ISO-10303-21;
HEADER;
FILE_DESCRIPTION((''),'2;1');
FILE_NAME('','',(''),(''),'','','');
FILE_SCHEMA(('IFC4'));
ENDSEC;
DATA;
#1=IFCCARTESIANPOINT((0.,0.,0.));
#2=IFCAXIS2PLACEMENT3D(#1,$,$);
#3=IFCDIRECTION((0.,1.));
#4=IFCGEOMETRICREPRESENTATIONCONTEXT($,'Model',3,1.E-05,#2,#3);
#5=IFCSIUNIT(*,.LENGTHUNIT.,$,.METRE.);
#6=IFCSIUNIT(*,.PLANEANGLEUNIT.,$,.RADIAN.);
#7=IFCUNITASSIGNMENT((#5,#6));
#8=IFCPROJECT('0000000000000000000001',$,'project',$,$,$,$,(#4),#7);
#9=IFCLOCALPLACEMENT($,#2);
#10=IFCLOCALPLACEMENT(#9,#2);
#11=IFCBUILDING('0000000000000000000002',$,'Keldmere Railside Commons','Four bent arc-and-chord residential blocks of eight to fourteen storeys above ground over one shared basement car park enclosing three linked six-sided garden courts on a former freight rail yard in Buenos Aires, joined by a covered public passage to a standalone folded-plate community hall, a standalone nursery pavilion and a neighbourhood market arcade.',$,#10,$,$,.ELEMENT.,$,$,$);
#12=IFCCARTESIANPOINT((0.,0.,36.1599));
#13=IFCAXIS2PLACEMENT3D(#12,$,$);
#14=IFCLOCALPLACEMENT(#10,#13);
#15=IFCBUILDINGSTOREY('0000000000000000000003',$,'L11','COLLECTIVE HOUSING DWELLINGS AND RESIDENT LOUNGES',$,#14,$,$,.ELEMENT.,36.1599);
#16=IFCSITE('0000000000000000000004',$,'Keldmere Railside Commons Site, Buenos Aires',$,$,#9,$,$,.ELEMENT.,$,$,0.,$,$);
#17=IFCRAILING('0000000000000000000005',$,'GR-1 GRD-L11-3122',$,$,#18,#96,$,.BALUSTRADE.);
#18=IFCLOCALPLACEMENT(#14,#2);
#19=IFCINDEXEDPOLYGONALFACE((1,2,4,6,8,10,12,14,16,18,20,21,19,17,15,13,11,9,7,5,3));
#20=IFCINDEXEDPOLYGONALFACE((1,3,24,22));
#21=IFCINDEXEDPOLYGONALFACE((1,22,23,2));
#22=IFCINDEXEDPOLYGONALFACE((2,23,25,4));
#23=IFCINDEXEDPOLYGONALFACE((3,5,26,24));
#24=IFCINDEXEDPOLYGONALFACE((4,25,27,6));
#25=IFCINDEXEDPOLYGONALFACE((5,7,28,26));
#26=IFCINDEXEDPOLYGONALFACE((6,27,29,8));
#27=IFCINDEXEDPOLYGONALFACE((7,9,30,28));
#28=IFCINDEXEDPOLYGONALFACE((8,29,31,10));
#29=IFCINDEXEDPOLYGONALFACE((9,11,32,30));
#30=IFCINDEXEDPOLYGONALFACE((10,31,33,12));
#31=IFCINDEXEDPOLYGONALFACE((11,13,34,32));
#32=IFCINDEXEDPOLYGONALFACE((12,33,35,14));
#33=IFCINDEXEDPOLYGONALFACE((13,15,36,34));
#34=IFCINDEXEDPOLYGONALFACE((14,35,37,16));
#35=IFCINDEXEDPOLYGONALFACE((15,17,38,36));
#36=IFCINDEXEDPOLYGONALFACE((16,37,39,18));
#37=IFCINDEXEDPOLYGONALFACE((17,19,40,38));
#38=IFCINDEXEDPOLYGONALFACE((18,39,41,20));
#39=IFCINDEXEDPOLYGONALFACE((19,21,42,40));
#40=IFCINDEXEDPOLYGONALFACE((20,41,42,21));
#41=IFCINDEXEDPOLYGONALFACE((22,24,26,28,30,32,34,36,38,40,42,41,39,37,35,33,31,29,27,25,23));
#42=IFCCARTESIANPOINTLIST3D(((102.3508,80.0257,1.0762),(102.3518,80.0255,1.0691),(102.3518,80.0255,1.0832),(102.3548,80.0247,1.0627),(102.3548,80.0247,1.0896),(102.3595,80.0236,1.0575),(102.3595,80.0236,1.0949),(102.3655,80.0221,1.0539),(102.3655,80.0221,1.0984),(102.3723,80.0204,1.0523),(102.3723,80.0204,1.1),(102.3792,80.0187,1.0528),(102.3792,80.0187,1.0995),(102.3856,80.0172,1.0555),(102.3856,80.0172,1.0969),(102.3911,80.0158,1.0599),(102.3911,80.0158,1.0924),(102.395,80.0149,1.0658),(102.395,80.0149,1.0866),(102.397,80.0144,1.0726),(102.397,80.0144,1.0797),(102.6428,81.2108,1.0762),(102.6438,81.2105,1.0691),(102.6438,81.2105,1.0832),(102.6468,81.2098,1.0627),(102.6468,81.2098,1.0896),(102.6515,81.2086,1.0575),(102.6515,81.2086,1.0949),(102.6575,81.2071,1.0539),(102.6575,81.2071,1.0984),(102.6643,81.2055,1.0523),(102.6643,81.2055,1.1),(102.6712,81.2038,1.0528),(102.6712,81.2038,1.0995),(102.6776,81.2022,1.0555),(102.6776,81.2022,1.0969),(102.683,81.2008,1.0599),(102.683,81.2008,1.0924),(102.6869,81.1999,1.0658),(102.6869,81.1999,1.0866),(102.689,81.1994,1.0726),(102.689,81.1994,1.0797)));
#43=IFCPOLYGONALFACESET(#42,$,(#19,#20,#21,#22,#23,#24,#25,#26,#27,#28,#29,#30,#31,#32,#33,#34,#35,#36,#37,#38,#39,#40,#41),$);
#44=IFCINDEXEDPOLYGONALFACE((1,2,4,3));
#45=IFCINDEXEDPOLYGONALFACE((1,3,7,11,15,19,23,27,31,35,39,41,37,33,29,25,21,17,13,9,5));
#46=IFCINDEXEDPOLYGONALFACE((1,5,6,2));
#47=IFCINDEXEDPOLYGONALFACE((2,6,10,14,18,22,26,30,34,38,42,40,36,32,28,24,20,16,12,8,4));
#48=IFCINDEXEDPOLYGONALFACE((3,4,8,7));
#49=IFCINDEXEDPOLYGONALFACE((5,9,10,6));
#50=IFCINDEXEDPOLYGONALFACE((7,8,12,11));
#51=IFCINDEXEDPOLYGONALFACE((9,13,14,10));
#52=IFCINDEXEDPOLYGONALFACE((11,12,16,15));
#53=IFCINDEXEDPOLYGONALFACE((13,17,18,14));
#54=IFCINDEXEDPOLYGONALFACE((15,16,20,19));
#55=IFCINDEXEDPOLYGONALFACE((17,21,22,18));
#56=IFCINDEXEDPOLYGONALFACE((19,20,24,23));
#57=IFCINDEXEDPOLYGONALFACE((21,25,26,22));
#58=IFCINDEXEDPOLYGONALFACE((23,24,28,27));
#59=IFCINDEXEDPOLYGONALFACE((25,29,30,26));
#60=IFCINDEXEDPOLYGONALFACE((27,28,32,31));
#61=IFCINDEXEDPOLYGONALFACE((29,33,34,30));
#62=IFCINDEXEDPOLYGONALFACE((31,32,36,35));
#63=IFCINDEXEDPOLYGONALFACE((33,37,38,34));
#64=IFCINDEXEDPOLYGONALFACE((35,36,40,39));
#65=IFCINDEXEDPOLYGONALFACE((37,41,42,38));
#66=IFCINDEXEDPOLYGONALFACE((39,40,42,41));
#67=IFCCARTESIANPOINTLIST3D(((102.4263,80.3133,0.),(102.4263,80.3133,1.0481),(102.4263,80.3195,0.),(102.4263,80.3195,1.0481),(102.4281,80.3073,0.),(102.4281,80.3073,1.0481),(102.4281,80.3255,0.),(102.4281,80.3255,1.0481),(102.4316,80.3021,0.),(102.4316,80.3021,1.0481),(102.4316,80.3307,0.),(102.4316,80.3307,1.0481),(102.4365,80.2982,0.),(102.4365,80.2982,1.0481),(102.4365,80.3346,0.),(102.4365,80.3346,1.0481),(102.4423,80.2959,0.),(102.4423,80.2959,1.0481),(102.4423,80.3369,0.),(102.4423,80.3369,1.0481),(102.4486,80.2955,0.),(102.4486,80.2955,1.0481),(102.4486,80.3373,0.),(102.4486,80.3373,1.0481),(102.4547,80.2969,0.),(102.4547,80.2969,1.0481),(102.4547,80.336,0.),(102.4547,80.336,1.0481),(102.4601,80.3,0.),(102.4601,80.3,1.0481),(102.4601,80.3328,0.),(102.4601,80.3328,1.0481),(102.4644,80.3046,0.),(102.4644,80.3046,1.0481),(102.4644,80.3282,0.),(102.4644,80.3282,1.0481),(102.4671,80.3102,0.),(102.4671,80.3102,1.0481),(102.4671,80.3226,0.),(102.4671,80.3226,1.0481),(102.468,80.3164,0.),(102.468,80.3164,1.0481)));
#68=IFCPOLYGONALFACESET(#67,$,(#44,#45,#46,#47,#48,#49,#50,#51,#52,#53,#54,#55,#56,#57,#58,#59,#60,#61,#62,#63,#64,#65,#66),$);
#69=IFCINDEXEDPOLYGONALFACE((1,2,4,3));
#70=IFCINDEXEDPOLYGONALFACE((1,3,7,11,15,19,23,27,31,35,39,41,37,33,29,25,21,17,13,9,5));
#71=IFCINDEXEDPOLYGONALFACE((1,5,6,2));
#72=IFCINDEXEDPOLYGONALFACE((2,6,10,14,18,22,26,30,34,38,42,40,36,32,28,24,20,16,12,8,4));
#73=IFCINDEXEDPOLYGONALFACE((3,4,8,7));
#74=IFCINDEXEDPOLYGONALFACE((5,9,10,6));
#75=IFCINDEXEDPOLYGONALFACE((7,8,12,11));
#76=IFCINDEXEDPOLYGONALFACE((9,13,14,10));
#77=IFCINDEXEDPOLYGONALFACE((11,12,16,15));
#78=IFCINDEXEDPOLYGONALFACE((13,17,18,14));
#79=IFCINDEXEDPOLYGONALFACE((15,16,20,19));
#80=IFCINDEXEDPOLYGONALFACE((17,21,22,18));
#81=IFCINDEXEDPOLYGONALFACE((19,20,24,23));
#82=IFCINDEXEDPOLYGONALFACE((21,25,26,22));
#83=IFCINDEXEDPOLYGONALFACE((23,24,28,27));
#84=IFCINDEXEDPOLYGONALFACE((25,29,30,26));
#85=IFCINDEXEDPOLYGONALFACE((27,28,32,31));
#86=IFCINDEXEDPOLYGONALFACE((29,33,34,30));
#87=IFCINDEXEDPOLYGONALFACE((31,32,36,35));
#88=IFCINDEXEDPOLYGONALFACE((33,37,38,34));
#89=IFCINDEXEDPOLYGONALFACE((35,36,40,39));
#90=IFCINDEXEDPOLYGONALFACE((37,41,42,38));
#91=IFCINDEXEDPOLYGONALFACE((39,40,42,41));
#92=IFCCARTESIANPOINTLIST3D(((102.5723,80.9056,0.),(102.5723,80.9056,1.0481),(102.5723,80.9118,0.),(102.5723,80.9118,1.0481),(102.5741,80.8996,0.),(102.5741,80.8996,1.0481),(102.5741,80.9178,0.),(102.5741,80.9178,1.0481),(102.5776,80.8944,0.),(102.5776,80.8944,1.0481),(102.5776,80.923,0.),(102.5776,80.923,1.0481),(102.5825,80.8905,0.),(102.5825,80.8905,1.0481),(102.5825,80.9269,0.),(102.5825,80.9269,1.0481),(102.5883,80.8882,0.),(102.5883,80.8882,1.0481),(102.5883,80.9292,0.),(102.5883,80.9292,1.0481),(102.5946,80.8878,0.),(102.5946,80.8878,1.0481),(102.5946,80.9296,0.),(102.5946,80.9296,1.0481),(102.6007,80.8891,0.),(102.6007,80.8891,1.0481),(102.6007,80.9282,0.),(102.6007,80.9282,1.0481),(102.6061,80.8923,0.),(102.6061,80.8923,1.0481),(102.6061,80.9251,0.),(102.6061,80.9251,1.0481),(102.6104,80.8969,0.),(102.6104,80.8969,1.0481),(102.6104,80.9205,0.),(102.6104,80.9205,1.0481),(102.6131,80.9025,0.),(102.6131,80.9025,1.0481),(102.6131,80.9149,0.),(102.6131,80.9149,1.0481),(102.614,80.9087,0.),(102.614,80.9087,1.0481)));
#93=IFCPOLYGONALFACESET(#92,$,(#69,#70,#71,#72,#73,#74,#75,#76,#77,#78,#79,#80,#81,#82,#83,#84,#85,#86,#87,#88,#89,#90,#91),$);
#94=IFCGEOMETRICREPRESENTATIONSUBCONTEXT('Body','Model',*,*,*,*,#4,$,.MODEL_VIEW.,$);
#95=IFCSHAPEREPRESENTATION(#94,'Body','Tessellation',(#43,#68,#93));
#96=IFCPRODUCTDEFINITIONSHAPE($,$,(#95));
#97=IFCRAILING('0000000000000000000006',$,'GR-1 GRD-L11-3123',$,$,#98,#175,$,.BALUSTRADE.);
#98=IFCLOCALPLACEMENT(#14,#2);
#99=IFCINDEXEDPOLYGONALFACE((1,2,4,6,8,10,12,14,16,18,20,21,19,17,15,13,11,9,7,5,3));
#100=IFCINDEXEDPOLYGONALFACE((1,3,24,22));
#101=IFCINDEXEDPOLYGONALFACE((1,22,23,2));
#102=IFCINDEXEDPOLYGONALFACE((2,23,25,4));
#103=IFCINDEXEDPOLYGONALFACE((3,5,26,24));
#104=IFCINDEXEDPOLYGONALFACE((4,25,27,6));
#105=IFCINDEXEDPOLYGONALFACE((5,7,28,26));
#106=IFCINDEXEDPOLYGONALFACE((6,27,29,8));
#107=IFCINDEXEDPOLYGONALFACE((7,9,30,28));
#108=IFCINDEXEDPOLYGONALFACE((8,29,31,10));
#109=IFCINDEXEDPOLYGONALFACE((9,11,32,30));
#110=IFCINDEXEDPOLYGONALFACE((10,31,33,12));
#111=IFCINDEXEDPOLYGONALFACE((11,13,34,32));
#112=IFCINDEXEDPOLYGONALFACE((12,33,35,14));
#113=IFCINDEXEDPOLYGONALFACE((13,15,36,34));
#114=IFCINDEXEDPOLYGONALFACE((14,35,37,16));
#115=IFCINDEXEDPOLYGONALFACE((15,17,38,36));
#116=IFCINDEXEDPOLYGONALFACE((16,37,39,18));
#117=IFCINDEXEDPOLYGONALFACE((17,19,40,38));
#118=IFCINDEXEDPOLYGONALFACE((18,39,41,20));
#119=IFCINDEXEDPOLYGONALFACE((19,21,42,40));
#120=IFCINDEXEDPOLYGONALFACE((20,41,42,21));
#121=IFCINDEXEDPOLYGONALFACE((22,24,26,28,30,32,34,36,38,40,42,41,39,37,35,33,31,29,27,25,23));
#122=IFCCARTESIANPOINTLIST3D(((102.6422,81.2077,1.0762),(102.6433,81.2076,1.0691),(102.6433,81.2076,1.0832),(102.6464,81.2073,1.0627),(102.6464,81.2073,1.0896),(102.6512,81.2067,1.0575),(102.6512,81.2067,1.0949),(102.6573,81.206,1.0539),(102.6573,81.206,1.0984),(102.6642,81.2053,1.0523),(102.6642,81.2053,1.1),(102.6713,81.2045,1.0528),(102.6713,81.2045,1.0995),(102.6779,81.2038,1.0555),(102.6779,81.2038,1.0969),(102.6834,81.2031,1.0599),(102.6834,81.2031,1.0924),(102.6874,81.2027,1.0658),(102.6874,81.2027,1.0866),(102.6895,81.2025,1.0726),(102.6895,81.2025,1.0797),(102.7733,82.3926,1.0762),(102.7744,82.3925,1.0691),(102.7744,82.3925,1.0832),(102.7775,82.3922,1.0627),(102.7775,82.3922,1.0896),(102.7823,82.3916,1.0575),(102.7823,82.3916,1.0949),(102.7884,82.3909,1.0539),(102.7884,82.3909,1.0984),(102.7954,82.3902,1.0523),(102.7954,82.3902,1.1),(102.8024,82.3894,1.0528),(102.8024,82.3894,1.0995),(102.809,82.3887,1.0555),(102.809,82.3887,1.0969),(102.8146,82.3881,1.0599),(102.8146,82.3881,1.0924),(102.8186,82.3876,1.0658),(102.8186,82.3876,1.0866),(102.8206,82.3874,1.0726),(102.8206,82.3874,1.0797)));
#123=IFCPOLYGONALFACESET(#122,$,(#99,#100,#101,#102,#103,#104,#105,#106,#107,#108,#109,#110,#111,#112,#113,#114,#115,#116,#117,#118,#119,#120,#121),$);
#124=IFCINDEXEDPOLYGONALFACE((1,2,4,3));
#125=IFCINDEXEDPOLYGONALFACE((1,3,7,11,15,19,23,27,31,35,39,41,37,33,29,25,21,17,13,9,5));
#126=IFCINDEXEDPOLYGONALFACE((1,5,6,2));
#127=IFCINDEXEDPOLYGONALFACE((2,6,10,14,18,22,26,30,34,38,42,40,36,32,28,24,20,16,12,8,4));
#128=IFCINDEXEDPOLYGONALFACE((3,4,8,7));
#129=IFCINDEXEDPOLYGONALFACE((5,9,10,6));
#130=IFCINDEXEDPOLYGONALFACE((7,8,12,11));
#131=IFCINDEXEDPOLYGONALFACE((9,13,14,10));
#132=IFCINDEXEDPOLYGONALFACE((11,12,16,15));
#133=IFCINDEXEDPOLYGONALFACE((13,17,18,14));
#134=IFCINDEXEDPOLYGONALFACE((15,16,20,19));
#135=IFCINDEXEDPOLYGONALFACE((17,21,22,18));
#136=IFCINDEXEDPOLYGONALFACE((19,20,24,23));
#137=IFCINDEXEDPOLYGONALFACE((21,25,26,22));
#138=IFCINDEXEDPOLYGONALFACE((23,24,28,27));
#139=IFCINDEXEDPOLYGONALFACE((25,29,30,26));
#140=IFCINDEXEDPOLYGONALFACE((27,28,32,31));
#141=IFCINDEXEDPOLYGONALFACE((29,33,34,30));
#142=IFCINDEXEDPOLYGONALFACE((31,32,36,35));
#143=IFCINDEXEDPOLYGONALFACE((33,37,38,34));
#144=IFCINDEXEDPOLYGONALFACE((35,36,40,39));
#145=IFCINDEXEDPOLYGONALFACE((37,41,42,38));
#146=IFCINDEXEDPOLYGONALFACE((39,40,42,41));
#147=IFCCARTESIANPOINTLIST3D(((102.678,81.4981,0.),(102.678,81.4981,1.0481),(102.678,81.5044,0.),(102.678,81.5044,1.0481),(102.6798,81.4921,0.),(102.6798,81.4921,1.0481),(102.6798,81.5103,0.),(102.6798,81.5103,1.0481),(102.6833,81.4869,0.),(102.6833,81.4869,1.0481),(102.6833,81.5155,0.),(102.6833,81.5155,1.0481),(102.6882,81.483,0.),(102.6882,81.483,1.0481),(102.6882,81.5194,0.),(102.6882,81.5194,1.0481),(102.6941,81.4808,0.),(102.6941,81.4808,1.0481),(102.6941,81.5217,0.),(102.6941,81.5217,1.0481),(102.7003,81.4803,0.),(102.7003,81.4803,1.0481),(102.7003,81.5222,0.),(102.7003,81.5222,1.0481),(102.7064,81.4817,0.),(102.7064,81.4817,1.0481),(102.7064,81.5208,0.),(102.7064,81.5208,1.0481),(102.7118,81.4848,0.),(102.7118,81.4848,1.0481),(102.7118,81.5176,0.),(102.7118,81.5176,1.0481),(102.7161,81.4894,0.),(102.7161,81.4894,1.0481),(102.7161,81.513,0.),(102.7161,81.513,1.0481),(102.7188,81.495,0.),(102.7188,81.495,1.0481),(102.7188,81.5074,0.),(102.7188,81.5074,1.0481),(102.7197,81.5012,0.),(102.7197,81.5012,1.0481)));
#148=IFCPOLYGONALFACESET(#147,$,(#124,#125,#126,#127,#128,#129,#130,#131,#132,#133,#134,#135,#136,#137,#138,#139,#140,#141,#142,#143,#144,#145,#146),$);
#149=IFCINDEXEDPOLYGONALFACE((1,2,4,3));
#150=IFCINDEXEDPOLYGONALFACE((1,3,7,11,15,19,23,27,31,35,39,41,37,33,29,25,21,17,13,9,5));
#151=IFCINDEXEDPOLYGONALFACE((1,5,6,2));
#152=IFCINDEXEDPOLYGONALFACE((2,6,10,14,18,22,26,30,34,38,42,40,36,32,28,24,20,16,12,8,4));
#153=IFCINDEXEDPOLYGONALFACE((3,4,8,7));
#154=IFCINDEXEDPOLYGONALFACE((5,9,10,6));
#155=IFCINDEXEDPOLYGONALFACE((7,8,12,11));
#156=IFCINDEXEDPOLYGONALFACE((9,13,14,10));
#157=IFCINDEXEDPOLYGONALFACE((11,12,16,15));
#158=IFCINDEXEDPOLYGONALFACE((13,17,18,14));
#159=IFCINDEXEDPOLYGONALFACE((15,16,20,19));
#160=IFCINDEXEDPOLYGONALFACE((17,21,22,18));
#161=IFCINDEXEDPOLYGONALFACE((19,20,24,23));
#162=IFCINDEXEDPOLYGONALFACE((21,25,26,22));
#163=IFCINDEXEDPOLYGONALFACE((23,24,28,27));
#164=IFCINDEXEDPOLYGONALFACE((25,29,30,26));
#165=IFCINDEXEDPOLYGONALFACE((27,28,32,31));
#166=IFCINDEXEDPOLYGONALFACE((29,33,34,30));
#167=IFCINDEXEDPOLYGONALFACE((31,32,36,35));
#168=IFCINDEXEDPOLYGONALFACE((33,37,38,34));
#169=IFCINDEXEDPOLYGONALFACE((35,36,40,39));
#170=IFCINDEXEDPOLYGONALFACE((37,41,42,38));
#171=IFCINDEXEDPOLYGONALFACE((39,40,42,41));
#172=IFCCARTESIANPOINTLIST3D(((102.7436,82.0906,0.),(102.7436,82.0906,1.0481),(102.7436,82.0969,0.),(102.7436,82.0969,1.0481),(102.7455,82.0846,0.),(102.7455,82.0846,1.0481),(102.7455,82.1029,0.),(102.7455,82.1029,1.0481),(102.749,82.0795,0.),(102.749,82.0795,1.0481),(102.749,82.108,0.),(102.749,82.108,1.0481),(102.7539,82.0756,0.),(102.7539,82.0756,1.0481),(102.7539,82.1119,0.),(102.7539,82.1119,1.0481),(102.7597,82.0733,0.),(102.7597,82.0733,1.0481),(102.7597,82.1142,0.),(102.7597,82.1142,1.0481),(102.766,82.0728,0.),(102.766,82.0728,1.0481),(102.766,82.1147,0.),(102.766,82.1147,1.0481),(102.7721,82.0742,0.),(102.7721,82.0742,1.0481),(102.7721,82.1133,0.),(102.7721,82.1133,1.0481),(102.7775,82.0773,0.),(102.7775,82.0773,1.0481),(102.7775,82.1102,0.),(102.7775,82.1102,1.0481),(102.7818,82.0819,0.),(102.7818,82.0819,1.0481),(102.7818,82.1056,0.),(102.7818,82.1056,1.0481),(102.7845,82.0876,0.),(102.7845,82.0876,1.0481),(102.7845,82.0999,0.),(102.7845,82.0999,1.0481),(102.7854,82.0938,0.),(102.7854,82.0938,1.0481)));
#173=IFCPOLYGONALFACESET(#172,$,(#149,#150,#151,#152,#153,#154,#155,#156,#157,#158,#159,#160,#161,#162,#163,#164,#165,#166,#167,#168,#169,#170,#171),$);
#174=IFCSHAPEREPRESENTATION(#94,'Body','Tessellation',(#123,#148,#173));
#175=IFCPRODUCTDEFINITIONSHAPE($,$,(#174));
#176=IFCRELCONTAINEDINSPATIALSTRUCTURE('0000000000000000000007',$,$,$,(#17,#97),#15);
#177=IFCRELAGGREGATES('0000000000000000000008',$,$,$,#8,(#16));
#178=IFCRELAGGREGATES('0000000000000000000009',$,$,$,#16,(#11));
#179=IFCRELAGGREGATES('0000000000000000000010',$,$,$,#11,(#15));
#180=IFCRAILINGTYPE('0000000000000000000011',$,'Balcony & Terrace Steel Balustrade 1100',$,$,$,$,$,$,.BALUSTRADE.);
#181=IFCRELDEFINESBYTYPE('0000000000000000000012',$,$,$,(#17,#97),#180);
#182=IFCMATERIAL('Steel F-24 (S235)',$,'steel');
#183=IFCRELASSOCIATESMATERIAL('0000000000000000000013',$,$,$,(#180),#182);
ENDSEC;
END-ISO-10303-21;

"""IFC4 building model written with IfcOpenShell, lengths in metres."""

from ifc_helpers import new_model, si_unit, direction, frame, origin, origin_2d, place, context, subcontext, project, spatial, circle, extrude, material, type_object, element, save


model = new_model("IFC4")

# Units and contexts
model_context = context("Model", 3, precision=1e-05, world=origin(), true_north=direction((0.0, 1.0)))
body_context = subcontext(model_context, "Body", "Model", "MODEL_VIEW")
ifc_project = project(units=[si_unit("LENGTHUNIT", "METRE"), si_unit("PLANEANGLEUNIT", "RADIAN")], contexts=[model_context])

# Site, building, storey
site_placement = place(None, origin())
site = spatial("IfcSite", under=ifc_project, at=site_placement, Name="Keldmere Railside Commons Site, Buenos Aires", CompositionType="ELEMENT", RefElevation=0.0)
building_placement = place(site_placement, origin())
building = spatial("IfcBuilding", under=site, at=building_placement, Name="Keldmere Railside Commons", Description="Four bent arc-and-chord residential blocks of eight to fourteen storeys above ground over one shared basement car park enclosing three linked six-sided garden courts on a former freight rail yard in Buenos Aires, joined by a covered public passage to a standalone folded-plate community hall, a standalone nursery pavilion and a neighbourhood market arcade.", CompositionType="ELEMENT")
storey_placement = place(building_placement, frame((0.0, 0.0, 36.1599)))
storey = spatial("IfcBuildingStorey", under=building, at=storey_placement, Name="L11", Description="COLLECTIVE HOUSING DWELLINGS AND RESIDENT LOUNGES", CompositionType="ELEMENT", Elevation=36.1599)

# Shared definitions
ifc_material_1 = material(Name="Steel F-24 (S235)", Category="steel")

# Railings
railing_type_1 = type_object("IfcRailingType", Name="Balcony & Terrace Steel Balustrade 1100", PredefinedType="BALUSTRADE", material=ifc_material_1)
railing_1_placement = place(storey_placement, frame((102.374, 80.02, 0.0)))
element("IfcRailing", 1, at=railing_1_placement, inside=storey, type_object=railing_type_1, Name="GR-1 GRD-L11-3122", PredefinedType="BALUSTRADE", context=body_context, shape_type="SweptSolid", body=[
    extrude(circle(Radius=0.0239, at=origin_2d()), frame((0.0, 0.0, 1.0762), z_axis=(0.23924, 0.970961, 0.0), x_axis=(-0.970961, 0.23924, 0.0)), (0.0, 0.0, 1.0), 1.2205),
    extrude(circle(Radius=0.021, at=origin_2d()), frame((0.073, 0.2964, 0.0)), (0.0, 0.0, 1.0), 1.0481),
    extrude(circle(Radius=0.021, at=origin_2d()), frame((0.219, 0.8887, 0.0)), (0.0, 0.0, 1.0), 1.0481),
])
railing_2_placement = place(storey_placement, frame((102.666, 81.2051, 0.0)))
element("IfcRailing", 2, at=railing_2_placement, inside=storey, type_object=railing_type_1, Name="GR-1 GRD-L11-3123", PredefinedType="BALUSTRADE", context=body_context, shape_type="SweptSolid", body=[
    extrude(circle(Radius=0.0239, at=origin_2d()), frame((0.0, 0.0, 1.0762), z_axis=(0.109982, 0.993934, 0.0), x_axis=(-0.993934, 0.109982, 0.0)), (0.0, 0.0, 1.0), 1.1921),
    extrude(circle(Radius=0.021, at=origin_2d()), frame((0.0327, 0.2961, 0.0)), (0.0, 0.0, 1.0), 1.0481),
    extrude(circle(Radius=0.021, at=origin_2d()), frame((0.0984, 0.8887, 0.0)), (0.0, 0.0, 1.0), 1.0481),
])

save(model, "model.ifc")
